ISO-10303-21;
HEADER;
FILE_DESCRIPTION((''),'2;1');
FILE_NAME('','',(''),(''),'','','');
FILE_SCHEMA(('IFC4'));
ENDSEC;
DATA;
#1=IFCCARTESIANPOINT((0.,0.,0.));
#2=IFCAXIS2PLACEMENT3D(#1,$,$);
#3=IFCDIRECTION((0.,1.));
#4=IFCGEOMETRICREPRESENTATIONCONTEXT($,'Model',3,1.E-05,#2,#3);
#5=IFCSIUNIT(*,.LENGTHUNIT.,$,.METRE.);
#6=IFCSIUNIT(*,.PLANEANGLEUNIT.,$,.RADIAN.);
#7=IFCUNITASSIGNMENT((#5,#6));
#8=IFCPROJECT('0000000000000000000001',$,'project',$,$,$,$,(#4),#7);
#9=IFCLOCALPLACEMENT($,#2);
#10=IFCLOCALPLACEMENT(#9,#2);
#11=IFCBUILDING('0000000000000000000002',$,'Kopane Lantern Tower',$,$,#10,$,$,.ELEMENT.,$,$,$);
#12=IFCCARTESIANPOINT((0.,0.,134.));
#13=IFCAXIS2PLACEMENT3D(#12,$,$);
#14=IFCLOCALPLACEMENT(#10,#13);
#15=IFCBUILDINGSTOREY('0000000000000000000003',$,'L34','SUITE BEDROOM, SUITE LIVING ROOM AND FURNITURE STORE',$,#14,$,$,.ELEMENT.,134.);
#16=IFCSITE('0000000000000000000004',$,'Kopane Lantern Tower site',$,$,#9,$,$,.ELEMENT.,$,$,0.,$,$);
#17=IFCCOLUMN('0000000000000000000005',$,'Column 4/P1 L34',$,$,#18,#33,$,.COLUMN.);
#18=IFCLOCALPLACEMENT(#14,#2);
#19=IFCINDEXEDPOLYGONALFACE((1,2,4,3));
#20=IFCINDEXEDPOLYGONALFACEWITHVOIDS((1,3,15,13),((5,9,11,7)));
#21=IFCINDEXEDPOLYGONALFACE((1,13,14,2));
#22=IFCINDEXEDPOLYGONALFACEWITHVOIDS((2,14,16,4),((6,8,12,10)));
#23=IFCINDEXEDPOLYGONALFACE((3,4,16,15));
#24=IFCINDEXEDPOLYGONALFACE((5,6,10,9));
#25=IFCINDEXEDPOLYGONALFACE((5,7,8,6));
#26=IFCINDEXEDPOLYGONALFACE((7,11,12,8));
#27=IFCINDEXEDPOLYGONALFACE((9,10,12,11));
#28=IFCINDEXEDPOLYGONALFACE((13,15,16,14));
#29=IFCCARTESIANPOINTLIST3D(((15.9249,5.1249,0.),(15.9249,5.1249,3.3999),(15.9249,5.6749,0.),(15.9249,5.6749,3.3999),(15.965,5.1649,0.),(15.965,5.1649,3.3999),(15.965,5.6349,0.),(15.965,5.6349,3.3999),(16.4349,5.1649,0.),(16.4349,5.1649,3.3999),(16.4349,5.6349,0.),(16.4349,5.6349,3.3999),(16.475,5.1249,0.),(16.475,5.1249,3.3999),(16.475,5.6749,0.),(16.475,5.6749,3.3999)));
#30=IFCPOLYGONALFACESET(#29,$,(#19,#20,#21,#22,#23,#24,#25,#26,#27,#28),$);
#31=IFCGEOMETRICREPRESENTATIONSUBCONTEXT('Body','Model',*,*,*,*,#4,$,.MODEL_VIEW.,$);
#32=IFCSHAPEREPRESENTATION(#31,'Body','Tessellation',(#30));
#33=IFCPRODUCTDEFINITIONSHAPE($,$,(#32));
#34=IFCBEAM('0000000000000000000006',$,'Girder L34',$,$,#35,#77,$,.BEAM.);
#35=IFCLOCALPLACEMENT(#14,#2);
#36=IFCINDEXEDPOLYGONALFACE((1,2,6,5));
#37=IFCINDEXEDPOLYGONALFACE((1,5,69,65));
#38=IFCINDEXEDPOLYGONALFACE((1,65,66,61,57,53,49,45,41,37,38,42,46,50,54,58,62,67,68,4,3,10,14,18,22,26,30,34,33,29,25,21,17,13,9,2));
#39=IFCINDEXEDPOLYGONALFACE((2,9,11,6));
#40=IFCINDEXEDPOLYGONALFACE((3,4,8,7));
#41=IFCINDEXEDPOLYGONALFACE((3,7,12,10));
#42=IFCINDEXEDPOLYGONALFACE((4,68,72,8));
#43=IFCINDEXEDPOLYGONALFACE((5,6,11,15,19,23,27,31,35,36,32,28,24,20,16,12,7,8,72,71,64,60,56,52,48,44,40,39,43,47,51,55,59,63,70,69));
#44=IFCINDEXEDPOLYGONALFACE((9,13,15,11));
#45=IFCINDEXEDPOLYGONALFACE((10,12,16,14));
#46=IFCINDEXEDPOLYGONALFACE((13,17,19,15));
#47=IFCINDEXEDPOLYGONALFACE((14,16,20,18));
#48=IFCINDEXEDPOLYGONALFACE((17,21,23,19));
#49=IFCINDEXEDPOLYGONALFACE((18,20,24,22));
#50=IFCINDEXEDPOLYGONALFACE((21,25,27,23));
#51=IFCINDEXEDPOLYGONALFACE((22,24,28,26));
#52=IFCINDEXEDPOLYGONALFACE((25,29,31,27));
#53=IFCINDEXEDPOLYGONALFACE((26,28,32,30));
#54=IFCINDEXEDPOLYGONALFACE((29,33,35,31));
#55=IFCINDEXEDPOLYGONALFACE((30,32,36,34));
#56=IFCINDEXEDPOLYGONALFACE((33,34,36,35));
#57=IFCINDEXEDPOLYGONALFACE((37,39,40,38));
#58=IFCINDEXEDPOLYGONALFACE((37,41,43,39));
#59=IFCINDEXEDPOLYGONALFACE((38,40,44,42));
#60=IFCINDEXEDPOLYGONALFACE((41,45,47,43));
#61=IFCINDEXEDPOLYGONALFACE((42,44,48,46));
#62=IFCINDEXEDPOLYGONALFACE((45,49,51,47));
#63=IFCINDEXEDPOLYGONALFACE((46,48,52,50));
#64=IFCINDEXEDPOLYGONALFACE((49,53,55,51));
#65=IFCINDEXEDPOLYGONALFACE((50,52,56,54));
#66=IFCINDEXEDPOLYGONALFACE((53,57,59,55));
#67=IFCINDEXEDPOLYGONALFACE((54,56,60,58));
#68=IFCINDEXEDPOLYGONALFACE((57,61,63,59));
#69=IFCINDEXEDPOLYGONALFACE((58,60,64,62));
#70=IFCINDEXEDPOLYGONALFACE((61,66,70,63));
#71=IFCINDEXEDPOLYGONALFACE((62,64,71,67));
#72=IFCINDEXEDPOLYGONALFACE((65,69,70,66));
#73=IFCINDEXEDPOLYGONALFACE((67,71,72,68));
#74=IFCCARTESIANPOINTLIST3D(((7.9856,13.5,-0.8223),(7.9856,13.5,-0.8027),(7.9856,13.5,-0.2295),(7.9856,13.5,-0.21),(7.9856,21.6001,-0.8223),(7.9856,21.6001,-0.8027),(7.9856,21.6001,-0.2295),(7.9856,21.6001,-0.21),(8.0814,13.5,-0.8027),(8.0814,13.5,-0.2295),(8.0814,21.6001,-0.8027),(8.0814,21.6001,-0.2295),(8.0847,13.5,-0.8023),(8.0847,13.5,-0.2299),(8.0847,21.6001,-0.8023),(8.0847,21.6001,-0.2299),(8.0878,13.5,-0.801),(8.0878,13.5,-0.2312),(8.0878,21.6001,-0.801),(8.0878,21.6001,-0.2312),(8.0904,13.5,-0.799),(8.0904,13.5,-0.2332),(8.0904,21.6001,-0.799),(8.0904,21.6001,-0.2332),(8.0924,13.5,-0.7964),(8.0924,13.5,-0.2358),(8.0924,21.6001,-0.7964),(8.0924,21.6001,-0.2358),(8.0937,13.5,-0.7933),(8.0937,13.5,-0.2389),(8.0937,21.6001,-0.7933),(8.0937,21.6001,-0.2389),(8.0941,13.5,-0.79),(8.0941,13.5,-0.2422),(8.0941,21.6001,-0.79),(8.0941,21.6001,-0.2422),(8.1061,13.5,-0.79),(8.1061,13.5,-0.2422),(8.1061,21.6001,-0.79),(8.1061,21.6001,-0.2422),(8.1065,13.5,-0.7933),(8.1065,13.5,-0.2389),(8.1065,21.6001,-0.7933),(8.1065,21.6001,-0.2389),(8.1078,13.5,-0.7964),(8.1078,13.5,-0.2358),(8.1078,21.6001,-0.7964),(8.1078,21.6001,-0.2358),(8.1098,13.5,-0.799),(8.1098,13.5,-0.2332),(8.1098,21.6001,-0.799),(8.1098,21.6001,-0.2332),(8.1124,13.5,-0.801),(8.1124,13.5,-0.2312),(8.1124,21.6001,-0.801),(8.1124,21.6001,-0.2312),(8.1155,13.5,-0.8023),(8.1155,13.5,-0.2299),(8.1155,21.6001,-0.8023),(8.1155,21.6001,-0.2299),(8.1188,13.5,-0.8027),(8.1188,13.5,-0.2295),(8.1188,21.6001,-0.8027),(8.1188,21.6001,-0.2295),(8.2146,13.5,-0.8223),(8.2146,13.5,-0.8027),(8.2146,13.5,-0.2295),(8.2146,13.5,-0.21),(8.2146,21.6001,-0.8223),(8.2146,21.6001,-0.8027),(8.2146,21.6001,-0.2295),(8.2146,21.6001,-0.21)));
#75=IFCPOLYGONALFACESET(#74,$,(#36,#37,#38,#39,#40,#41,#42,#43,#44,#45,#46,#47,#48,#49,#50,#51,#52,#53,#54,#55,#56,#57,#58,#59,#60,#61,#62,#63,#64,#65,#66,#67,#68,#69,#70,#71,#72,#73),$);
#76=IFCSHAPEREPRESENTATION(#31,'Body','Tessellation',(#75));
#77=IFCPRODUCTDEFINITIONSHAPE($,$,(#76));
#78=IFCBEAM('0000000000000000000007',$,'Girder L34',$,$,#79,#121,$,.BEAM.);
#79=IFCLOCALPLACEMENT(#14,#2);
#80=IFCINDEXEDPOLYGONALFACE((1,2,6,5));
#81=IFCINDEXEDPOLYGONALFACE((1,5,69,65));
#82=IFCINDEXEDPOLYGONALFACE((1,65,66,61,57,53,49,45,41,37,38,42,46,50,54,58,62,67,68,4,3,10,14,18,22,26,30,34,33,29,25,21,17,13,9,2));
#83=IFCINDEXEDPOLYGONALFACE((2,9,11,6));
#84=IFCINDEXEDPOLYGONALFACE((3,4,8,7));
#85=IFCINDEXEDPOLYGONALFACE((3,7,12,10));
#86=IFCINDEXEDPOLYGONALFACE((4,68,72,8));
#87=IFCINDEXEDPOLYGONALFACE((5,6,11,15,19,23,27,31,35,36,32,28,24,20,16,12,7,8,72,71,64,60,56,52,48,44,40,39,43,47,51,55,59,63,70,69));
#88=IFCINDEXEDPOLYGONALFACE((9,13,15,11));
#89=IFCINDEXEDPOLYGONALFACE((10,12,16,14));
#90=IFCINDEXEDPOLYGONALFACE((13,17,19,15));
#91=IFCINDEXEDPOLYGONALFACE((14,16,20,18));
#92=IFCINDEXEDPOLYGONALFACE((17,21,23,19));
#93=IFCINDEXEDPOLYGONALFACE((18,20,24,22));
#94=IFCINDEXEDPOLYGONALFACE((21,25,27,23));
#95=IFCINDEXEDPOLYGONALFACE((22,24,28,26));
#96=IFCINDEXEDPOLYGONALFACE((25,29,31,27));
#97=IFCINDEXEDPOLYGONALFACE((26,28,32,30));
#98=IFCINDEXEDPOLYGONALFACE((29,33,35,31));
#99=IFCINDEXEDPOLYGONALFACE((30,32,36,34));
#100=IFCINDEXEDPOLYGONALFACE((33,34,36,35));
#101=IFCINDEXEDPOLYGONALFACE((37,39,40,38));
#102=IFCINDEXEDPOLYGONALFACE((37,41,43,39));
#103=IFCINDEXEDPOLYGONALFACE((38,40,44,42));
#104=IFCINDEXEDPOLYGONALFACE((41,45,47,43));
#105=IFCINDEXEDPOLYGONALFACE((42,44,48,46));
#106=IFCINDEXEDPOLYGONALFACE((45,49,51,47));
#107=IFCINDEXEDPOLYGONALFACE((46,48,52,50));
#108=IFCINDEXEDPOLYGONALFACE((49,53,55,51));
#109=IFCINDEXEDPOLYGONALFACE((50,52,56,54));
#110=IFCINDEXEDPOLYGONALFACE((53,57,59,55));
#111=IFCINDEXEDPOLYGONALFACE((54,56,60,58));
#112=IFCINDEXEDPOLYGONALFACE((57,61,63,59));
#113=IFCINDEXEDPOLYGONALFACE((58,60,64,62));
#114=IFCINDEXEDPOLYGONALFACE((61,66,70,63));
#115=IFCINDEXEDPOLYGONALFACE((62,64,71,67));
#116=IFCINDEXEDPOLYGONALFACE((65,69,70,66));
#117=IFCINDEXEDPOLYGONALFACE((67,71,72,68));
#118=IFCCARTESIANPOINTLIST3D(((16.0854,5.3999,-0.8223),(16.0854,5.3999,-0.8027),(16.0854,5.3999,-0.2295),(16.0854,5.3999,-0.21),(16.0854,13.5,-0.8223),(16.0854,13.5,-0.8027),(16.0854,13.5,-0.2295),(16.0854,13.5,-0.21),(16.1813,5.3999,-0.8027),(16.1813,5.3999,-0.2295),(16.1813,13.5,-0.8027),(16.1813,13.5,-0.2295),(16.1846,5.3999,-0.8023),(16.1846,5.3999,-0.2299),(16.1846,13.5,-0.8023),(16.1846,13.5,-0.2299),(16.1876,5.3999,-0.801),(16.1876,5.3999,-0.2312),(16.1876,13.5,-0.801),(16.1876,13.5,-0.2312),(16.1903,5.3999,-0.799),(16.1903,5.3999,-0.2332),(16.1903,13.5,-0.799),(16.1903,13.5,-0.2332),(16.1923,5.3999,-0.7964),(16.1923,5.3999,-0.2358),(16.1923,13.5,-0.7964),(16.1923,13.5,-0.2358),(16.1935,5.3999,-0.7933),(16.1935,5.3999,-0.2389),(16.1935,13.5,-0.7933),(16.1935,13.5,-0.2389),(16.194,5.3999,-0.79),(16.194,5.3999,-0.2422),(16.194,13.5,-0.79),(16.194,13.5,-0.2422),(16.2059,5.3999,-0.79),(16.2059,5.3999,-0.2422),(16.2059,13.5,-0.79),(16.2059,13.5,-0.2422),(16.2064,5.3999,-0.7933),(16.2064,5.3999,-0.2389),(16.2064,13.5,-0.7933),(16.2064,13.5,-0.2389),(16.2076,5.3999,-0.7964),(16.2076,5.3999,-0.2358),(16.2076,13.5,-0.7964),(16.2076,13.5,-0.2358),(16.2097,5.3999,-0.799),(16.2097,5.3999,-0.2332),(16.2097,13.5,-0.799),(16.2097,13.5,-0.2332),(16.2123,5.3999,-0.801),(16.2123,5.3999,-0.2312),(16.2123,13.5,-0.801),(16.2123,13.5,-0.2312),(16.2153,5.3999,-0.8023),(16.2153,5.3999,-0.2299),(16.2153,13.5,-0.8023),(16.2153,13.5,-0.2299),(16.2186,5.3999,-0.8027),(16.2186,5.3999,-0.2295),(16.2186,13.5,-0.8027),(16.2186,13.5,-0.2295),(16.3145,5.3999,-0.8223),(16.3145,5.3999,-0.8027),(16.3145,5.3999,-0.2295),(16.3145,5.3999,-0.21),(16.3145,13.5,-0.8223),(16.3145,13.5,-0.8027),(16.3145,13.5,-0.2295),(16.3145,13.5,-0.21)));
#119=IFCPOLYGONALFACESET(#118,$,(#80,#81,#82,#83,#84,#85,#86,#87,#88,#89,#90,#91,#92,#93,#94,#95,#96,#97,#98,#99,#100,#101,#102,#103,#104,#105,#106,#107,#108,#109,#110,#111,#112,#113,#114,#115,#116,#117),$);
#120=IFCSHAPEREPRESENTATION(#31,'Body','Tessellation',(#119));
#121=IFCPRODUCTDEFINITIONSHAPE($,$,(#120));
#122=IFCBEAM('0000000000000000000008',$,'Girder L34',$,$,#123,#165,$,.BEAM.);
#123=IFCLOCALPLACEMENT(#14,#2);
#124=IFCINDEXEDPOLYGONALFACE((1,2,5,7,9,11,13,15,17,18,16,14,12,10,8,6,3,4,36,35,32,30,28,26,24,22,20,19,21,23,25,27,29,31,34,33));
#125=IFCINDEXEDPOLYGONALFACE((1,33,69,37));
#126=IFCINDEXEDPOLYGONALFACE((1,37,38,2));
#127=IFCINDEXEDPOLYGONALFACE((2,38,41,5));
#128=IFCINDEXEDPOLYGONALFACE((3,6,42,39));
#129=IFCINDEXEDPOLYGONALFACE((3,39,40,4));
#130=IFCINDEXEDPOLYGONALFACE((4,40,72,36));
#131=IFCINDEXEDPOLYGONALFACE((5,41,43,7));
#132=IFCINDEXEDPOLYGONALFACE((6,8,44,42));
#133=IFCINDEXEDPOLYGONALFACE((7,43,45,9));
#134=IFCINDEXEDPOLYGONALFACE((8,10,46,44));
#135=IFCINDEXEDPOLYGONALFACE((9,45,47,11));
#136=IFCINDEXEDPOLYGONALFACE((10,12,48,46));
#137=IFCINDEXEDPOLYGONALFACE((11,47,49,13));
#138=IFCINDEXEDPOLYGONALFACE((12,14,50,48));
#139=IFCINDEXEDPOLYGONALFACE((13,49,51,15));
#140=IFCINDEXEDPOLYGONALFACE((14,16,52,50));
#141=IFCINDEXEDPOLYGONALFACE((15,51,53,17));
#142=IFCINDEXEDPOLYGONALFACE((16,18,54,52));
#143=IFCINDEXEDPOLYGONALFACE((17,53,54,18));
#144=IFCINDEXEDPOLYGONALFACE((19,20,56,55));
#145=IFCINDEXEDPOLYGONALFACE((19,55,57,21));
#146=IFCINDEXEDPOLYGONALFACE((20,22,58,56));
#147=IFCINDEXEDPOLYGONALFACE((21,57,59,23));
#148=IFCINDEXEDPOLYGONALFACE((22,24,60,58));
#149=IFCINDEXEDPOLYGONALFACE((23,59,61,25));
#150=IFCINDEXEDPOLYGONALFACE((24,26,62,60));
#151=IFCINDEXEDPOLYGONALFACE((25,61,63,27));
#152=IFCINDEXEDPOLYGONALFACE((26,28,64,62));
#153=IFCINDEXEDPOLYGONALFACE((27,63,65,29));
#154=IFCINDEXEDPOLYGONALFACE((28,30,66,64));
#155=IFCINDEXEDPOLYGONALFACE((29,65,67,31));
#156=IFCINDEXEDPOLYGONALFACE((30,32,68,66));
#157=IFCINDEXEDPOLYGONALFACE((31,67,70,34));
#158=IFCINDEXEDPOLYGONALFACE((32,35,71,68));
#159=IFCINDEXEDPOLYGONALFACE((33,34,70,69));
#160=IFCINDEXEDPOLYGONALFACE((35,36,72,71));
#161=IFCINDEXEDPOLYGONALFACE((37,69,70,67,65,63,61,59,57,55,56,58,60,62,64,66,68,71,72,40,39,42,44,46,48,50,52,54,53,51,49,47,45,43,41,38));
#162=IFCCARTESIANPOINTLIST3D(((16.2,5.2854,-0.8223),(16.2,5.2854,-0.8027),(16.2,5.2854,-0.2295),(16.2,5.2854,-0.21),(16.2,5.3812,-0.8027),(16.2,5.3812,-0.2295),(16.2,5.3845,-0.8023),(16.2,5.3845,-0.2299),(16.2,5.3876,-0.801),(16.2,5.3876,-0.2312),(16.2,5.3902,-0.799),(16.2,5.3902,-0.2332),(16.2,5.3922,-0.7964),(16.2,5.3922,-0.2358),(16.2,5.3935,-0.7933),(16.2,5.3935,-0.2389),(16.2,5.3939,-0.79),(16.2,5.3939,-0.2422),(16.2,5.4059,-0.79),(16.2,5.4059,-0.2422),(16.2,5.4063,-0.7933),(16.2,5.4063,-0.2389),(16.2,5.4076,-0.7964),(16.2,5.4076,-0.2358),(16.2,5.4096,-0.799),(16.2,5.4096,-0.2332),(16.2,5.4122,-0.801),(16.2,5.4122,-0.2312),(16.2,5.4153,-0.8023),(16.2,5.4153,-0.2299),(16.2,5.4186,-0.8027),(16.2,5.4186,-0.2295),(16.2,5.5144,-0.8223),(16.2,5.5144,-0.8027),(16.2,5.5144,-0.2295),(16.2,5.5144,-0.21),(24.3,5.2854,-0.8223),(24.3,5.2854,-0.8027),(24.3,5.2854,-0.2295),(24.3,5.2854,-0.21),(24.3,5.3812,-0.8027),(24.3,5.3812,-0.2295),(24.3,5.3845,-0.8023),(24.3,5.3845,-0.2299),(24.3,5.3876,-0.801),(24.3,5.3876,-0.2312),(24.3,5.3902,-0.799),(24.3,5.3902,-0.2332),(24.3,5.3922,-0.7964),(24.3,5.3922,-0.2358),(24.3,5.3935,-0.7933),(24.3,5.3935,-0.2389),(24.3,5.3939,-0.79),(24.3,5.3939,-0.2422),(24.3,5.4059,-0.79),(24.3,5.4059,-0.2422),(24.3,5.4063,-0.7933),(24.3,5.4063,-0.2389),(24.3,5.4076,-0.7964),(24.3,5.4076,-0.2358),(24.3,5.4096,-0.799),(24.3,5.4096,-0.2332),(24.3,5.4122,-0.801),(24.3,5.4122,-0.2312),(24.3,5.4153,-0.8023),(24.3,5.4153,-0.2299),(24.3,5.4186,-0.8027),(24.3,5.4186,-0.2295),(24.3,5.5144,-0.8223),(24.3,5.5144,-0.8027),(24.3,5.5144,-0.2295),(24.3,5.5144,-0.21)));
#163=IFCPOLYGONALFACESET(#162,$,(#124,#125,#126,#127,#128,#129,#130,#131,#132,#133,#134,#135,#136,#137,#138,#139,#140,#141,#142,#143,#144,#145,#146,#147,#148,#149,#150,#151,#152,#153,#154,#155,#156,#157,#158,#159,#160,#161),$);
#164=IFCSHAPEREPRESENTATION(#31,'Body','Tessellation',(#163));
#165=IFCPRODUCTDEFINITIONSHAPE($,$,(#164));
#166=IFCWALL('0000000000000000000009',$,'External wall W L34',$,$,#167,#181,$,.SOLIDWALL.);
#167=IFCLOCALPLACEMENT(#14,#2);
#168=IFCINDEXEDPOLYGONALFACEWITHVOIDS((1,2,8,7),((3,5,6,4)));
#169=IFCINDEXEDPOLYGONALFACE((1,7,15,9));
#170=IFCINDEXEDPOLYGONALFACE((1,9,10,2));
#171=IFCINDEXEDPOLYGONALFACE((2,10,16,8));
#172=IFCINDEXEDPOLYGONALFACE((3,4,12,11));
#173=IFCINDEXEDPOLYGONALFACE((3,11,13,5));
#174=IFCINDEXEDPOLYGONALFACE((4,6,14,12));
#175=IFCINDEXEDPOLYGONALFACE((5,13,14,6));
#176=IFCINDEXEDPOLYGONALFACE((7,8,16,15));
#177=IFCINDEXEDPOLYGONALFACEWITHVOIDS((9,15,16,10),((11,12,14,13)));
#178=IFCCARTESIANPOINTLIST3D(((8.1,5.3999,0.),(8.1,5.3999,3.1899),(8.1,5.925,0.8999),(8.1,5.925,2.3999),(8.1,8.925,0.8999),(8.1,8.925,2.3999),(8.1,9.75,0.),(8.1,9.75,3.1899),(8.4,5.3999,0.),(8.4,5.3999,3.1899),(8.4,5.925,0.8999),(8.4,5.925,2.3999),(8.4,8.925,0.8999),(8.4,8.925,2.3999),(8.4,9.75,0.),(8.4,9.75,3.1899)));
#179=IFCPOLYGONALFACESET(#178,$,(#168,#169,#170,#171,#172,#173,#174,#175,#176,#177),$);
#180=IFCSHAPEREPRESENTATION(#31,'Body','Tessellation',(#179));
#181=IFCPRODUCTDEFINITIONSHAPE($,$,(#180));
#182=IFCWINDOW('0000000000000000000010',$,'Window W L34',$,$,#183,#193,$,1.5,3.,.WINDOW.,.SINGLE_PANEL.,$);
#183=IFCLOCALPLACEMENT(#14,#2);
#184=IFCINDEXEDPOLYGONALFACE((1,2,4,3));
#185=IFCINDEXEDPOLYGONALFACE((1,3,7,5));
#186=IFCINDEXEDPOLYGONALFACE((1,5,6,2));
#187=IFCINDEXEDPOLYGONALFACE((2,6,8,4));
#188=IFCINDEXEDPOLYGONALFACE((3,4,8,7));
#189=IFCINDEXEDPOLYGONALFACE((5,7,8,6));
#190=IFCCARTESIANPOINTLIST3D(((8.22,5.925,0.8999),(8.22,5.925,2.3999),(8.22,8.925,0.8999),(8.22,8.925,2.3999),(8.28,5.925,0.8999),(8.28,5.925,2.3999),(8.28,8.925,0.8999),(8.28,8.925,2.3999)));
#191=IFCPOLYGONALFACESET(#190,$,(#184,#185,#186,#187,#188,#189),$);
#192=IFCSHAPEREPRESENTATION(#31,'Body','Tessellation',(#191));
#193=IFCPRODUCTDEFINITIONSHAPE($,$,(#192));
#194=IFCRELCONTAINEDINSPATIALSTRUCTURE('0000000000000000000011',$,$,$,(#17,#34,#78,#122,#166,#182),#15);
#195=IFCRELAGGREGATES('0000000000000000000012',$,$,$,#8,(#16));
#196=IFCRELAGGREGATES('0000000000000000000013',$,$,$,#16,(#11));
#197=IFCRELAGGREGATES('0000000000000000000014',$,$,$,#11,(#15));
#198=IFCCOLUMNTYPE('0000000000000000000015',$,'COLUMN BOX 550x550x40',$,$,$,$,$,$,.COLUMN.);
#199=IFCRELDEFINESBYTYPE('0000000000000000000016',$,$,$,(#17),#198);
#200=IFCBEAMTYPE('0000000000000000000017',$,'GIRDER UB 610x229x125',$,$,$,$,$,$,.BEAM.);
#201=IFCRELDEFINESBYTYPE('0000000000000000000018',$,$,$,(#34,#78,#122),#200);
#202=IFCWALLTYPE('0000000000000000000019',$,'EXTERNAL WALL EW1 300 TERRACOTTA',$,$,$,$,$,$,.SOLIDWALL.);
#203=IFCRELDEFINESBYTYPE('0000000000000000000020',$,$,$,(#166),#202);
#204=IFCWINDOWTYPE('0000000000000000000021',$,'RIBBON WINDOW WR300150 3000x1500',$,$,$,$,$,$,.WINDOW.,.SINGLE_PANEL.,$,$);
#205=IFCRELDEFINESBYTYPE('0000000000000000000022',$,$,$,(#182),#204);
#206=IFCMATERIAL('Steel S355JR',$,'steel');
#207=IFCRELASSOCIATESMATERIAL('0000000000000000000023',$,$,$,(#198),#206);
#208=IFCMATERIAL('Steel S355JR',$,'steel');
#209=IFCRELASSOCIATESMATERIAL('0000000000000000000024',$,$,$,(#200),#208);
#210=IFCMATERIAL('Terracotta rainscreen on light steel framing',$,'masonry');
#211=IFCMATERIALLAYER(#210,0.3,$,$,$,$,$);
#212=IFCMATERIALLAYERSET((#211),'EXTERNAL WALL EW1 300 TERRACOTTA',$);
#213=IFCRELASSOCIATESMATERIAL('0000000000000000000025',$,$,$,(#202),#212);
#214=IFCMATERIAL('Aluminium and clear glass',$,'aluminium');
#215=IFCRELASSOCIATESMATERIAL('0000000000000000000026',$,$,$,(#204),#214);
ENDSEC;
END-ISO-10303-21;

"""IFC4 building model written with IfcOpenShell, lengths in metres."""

from ifc_helpers import new_model, si_unit, direction, frame, frame_2d, origin, origin_2d, place, context, subcontext, project, spatial, rectangle, hollow_rectangle, i_section, extrude, material, layer, layer_set, material_profile, profile_set, type_object, element, fill, save


model = new_model("IFC4")

# Units and contexts
model_context = context("Model", 3, precision=1e-05, world=origin(), true_north=direction((0.0, 1.0)))
body_context = subcontext(model_context, "Body", "Model", "MODEL_VIEW")
ifc_project = project(units=[si_unit("LENGTHUNIT", "METRE"), si_unit("PLANEANGLEUNIT", "RADIAN")], contexts=[model_context])

# Site, building, storey
site_placement = place(None, origin())
site = spatial("IfcSite", under=ifc_project, at=site_placement, Name="Kopane Lantern Tower site", CompositionType="ELEMENT", RefElevation=0.0)
building_placement = place(site_placement, origin())
building = spatial("IfcBuilding", under=site, at=building_placement, Name="Kopane Lantern Tower", CompositionType="ELEMENT")
storey_placement = place(building_placement, frame((0.0, 0.0, 134.0)))
storey = spatial("IfcBuildingStorey", under=building, at=storey_placement, Name="L34", Description="SUITE BEDROOM, SUITE LIVING ROOM AND FURNITURE STORE", CompositionType="ELEMENT", Elevation=134.0)

# Column
ifc_material_1 = material(Name="Steel S355JR", Category="steel")
ifc_material_profile_1 = material_profile(ifc_material_1, hollow_rectangle(XDim=0.55, YDim=0.55, WallThickness=0.04, at=origin_2d()), Name="BOX 550x550x40")
ifc_profile_set_1 = profile_set([ifc_material_profile_1], Name="Steel S355JR")
column_type = type_object("IfcColumnType", Name="COLUMN BOX 550x550x40", PredefinedType="COLUMN", material=ifc_profile_set_1)
column_placement = place(storey_placement, frame((16.2, 5.3999, 0.0), z_axis=(0.0, 0.0, 1.0), x_axis=(1.0, 0.0, 0.0)))
element("IfcColumn", 1, at=column_placement, inside=storey, type_object=column_type, Name="Column 4/P1 L34", PredefinedType="COLUMN", context=body_context, shape_type="SweptSolid", body=[
    extrude(hollow_rectangle(XDim=0.55, YDim=0.55, WallThickness=0.04, at=origin_2d()), origin(), (0.0, 0.0, 1.0), 3.3999),
])

# Beams
ifc_material_2 = material(Name="Steel S355JR", Category="steel")
ifc_material_profile_2 = material_profile(ifc_material_2, i_section(OverallWidth=0.229, OverallDepth=0.6123, WebThickness=0.012, FlangeThickness=0.0195, FilletRadius=0.0127, at=origin_2d()), Name="UB 610x229x125")
ifc_profile_set_2 = profile_set([ifc_material_profile_2], Name="Steel S355JR")
beam_type = type_object("IfcBeamType", Name="GIRDER UB 610x229x125", PredefinedType="BEAM", material=ifc_profile_set_2)
for number, where, z_axis, x_axis, name in (
    (2, (8.1001, 13.5, -0.5161), (0.0, 1.0, 0.0), (-1.0, 0.0, 0.0), "Girder L34"),
    (3, (16.2, 5.3999, -0.5161), (0.0, 1.0, 0.0), (-1.0, 0.0, 0.0), "Girder L34"),
    (4, (16.2, 5.3999, -0.5161), (1.0, 0.0, 0.0), (0.0, 1.0, 0.0), "Girder L34"),
):
    element("IfcBeam", number, at=place(storey_placement, frame(where, z_axis=z_axis, x_axis=x_axis)), inside=storey, type_object=beam_type, Name=name, PredefinedType="BEAM", context=body_context, shape_type="SweptSolid", body=[
        extrude(i_section(OverallWidth=0.229, OverallDepth=0.6123, WebThickness=0.012, FlangeThickness=0.0195, FilletRadius=0.0127, at=origin_2d()), origin(), (0.0, 0.0, 1.0), 8.1001),
    ])

# Shared definitions
ifc_material_3 = material(Name="Terracotta rainscreen on light steel framing", Category="masonry")
ifc_layer = layer(ifc_material_3, 0.3)
ifc_layer_set = layer_set([ifc_layer], Name="EXTERNAL WALL EW1 300 TERRACOTTA")
wall_type = type_object("IfcWallType", Name="EXTERNAL WALL EW1 300 TERRACOTTA", PredefinedType="SOLIDWALL", material=ifc_layer_set)

# Wall, opening, window
wall_1_placement = place(storey_placement, frame((8.25, 9.75, 0.0), z_axis=(0.0, 0.0, 1.0), x_axis=(0.0, -1.0, 0.0)))
wall_1 = element("IfcWall", 5, at=wall_1_placement, inside=storey, type_object=wall_type, Name="External wall W L34", PredefinedType="SOLIDWALL", context=body_context, shape_type="SweptSolid", body=[
    extrude(rectangle(XDim=4.3501, YDim=0.3, at=frame_2d((2.175, 0.0))), origin(), (0.0, 0.0, 1.0), 3.1899),
])
opening_1_placement = place(wall_1_placement, frame((0.825, 0.0, 0.8999)))
opening_1 = element("IfcOpeningElement", 6, at=opening_1_placement, cuts=wall_1, PredefinedType="OPENING", context=body_context, shape_type="SweptSolid", body=[
    extrude(rectangle(XDim=3.0, YDim=1.5, at=frame_2d((1.5, 0.75))), frame((0.0, 0.1599, 0.0), z_axis=(0.0, -1.0, 0.0), x_axis=(1.0, 0.0, 0.0)), (0.0, 0.0, 1.0), 0.3201),
])
ifc_material_4 = material(Name="Aluminium and clear glass", Category="aluminium")
window_type_1 = type_object("IfcWindowType", Name="RIBBON WINDOW WR300150 3000x1500", PartitioningType="SINGLE_PANEL", PredefinedType="WINDOW", material=ifc_material_4)
window_1_placement = place(opening_1_placement, origin())
window_1 = element("IfcWindow", 7, at=window_1_placement, inside=storey, type_object=window_type_1, Name="Window W L34", OverallHeight=1.5, OverallWidth=3.0, PartitioningType="SINGLE_PANEL", PredefinedType="WINDOW", context=body_context, shape_type="SweptSolid", body=[
    extrude(rectangle(XDim=3.0, YDim=1.5, at=frame_2d((1.5, 0.75))), frame((0.0, 0.03, 0.0), z_axis=(0.0, -1.0, 0.0), x_axis=(1.0, 0.0, 0.0)), (0.0, 0.0, 1.0), 0.0601),
])
fill(opening_1, window_1)

save(model, "model.ifc")
